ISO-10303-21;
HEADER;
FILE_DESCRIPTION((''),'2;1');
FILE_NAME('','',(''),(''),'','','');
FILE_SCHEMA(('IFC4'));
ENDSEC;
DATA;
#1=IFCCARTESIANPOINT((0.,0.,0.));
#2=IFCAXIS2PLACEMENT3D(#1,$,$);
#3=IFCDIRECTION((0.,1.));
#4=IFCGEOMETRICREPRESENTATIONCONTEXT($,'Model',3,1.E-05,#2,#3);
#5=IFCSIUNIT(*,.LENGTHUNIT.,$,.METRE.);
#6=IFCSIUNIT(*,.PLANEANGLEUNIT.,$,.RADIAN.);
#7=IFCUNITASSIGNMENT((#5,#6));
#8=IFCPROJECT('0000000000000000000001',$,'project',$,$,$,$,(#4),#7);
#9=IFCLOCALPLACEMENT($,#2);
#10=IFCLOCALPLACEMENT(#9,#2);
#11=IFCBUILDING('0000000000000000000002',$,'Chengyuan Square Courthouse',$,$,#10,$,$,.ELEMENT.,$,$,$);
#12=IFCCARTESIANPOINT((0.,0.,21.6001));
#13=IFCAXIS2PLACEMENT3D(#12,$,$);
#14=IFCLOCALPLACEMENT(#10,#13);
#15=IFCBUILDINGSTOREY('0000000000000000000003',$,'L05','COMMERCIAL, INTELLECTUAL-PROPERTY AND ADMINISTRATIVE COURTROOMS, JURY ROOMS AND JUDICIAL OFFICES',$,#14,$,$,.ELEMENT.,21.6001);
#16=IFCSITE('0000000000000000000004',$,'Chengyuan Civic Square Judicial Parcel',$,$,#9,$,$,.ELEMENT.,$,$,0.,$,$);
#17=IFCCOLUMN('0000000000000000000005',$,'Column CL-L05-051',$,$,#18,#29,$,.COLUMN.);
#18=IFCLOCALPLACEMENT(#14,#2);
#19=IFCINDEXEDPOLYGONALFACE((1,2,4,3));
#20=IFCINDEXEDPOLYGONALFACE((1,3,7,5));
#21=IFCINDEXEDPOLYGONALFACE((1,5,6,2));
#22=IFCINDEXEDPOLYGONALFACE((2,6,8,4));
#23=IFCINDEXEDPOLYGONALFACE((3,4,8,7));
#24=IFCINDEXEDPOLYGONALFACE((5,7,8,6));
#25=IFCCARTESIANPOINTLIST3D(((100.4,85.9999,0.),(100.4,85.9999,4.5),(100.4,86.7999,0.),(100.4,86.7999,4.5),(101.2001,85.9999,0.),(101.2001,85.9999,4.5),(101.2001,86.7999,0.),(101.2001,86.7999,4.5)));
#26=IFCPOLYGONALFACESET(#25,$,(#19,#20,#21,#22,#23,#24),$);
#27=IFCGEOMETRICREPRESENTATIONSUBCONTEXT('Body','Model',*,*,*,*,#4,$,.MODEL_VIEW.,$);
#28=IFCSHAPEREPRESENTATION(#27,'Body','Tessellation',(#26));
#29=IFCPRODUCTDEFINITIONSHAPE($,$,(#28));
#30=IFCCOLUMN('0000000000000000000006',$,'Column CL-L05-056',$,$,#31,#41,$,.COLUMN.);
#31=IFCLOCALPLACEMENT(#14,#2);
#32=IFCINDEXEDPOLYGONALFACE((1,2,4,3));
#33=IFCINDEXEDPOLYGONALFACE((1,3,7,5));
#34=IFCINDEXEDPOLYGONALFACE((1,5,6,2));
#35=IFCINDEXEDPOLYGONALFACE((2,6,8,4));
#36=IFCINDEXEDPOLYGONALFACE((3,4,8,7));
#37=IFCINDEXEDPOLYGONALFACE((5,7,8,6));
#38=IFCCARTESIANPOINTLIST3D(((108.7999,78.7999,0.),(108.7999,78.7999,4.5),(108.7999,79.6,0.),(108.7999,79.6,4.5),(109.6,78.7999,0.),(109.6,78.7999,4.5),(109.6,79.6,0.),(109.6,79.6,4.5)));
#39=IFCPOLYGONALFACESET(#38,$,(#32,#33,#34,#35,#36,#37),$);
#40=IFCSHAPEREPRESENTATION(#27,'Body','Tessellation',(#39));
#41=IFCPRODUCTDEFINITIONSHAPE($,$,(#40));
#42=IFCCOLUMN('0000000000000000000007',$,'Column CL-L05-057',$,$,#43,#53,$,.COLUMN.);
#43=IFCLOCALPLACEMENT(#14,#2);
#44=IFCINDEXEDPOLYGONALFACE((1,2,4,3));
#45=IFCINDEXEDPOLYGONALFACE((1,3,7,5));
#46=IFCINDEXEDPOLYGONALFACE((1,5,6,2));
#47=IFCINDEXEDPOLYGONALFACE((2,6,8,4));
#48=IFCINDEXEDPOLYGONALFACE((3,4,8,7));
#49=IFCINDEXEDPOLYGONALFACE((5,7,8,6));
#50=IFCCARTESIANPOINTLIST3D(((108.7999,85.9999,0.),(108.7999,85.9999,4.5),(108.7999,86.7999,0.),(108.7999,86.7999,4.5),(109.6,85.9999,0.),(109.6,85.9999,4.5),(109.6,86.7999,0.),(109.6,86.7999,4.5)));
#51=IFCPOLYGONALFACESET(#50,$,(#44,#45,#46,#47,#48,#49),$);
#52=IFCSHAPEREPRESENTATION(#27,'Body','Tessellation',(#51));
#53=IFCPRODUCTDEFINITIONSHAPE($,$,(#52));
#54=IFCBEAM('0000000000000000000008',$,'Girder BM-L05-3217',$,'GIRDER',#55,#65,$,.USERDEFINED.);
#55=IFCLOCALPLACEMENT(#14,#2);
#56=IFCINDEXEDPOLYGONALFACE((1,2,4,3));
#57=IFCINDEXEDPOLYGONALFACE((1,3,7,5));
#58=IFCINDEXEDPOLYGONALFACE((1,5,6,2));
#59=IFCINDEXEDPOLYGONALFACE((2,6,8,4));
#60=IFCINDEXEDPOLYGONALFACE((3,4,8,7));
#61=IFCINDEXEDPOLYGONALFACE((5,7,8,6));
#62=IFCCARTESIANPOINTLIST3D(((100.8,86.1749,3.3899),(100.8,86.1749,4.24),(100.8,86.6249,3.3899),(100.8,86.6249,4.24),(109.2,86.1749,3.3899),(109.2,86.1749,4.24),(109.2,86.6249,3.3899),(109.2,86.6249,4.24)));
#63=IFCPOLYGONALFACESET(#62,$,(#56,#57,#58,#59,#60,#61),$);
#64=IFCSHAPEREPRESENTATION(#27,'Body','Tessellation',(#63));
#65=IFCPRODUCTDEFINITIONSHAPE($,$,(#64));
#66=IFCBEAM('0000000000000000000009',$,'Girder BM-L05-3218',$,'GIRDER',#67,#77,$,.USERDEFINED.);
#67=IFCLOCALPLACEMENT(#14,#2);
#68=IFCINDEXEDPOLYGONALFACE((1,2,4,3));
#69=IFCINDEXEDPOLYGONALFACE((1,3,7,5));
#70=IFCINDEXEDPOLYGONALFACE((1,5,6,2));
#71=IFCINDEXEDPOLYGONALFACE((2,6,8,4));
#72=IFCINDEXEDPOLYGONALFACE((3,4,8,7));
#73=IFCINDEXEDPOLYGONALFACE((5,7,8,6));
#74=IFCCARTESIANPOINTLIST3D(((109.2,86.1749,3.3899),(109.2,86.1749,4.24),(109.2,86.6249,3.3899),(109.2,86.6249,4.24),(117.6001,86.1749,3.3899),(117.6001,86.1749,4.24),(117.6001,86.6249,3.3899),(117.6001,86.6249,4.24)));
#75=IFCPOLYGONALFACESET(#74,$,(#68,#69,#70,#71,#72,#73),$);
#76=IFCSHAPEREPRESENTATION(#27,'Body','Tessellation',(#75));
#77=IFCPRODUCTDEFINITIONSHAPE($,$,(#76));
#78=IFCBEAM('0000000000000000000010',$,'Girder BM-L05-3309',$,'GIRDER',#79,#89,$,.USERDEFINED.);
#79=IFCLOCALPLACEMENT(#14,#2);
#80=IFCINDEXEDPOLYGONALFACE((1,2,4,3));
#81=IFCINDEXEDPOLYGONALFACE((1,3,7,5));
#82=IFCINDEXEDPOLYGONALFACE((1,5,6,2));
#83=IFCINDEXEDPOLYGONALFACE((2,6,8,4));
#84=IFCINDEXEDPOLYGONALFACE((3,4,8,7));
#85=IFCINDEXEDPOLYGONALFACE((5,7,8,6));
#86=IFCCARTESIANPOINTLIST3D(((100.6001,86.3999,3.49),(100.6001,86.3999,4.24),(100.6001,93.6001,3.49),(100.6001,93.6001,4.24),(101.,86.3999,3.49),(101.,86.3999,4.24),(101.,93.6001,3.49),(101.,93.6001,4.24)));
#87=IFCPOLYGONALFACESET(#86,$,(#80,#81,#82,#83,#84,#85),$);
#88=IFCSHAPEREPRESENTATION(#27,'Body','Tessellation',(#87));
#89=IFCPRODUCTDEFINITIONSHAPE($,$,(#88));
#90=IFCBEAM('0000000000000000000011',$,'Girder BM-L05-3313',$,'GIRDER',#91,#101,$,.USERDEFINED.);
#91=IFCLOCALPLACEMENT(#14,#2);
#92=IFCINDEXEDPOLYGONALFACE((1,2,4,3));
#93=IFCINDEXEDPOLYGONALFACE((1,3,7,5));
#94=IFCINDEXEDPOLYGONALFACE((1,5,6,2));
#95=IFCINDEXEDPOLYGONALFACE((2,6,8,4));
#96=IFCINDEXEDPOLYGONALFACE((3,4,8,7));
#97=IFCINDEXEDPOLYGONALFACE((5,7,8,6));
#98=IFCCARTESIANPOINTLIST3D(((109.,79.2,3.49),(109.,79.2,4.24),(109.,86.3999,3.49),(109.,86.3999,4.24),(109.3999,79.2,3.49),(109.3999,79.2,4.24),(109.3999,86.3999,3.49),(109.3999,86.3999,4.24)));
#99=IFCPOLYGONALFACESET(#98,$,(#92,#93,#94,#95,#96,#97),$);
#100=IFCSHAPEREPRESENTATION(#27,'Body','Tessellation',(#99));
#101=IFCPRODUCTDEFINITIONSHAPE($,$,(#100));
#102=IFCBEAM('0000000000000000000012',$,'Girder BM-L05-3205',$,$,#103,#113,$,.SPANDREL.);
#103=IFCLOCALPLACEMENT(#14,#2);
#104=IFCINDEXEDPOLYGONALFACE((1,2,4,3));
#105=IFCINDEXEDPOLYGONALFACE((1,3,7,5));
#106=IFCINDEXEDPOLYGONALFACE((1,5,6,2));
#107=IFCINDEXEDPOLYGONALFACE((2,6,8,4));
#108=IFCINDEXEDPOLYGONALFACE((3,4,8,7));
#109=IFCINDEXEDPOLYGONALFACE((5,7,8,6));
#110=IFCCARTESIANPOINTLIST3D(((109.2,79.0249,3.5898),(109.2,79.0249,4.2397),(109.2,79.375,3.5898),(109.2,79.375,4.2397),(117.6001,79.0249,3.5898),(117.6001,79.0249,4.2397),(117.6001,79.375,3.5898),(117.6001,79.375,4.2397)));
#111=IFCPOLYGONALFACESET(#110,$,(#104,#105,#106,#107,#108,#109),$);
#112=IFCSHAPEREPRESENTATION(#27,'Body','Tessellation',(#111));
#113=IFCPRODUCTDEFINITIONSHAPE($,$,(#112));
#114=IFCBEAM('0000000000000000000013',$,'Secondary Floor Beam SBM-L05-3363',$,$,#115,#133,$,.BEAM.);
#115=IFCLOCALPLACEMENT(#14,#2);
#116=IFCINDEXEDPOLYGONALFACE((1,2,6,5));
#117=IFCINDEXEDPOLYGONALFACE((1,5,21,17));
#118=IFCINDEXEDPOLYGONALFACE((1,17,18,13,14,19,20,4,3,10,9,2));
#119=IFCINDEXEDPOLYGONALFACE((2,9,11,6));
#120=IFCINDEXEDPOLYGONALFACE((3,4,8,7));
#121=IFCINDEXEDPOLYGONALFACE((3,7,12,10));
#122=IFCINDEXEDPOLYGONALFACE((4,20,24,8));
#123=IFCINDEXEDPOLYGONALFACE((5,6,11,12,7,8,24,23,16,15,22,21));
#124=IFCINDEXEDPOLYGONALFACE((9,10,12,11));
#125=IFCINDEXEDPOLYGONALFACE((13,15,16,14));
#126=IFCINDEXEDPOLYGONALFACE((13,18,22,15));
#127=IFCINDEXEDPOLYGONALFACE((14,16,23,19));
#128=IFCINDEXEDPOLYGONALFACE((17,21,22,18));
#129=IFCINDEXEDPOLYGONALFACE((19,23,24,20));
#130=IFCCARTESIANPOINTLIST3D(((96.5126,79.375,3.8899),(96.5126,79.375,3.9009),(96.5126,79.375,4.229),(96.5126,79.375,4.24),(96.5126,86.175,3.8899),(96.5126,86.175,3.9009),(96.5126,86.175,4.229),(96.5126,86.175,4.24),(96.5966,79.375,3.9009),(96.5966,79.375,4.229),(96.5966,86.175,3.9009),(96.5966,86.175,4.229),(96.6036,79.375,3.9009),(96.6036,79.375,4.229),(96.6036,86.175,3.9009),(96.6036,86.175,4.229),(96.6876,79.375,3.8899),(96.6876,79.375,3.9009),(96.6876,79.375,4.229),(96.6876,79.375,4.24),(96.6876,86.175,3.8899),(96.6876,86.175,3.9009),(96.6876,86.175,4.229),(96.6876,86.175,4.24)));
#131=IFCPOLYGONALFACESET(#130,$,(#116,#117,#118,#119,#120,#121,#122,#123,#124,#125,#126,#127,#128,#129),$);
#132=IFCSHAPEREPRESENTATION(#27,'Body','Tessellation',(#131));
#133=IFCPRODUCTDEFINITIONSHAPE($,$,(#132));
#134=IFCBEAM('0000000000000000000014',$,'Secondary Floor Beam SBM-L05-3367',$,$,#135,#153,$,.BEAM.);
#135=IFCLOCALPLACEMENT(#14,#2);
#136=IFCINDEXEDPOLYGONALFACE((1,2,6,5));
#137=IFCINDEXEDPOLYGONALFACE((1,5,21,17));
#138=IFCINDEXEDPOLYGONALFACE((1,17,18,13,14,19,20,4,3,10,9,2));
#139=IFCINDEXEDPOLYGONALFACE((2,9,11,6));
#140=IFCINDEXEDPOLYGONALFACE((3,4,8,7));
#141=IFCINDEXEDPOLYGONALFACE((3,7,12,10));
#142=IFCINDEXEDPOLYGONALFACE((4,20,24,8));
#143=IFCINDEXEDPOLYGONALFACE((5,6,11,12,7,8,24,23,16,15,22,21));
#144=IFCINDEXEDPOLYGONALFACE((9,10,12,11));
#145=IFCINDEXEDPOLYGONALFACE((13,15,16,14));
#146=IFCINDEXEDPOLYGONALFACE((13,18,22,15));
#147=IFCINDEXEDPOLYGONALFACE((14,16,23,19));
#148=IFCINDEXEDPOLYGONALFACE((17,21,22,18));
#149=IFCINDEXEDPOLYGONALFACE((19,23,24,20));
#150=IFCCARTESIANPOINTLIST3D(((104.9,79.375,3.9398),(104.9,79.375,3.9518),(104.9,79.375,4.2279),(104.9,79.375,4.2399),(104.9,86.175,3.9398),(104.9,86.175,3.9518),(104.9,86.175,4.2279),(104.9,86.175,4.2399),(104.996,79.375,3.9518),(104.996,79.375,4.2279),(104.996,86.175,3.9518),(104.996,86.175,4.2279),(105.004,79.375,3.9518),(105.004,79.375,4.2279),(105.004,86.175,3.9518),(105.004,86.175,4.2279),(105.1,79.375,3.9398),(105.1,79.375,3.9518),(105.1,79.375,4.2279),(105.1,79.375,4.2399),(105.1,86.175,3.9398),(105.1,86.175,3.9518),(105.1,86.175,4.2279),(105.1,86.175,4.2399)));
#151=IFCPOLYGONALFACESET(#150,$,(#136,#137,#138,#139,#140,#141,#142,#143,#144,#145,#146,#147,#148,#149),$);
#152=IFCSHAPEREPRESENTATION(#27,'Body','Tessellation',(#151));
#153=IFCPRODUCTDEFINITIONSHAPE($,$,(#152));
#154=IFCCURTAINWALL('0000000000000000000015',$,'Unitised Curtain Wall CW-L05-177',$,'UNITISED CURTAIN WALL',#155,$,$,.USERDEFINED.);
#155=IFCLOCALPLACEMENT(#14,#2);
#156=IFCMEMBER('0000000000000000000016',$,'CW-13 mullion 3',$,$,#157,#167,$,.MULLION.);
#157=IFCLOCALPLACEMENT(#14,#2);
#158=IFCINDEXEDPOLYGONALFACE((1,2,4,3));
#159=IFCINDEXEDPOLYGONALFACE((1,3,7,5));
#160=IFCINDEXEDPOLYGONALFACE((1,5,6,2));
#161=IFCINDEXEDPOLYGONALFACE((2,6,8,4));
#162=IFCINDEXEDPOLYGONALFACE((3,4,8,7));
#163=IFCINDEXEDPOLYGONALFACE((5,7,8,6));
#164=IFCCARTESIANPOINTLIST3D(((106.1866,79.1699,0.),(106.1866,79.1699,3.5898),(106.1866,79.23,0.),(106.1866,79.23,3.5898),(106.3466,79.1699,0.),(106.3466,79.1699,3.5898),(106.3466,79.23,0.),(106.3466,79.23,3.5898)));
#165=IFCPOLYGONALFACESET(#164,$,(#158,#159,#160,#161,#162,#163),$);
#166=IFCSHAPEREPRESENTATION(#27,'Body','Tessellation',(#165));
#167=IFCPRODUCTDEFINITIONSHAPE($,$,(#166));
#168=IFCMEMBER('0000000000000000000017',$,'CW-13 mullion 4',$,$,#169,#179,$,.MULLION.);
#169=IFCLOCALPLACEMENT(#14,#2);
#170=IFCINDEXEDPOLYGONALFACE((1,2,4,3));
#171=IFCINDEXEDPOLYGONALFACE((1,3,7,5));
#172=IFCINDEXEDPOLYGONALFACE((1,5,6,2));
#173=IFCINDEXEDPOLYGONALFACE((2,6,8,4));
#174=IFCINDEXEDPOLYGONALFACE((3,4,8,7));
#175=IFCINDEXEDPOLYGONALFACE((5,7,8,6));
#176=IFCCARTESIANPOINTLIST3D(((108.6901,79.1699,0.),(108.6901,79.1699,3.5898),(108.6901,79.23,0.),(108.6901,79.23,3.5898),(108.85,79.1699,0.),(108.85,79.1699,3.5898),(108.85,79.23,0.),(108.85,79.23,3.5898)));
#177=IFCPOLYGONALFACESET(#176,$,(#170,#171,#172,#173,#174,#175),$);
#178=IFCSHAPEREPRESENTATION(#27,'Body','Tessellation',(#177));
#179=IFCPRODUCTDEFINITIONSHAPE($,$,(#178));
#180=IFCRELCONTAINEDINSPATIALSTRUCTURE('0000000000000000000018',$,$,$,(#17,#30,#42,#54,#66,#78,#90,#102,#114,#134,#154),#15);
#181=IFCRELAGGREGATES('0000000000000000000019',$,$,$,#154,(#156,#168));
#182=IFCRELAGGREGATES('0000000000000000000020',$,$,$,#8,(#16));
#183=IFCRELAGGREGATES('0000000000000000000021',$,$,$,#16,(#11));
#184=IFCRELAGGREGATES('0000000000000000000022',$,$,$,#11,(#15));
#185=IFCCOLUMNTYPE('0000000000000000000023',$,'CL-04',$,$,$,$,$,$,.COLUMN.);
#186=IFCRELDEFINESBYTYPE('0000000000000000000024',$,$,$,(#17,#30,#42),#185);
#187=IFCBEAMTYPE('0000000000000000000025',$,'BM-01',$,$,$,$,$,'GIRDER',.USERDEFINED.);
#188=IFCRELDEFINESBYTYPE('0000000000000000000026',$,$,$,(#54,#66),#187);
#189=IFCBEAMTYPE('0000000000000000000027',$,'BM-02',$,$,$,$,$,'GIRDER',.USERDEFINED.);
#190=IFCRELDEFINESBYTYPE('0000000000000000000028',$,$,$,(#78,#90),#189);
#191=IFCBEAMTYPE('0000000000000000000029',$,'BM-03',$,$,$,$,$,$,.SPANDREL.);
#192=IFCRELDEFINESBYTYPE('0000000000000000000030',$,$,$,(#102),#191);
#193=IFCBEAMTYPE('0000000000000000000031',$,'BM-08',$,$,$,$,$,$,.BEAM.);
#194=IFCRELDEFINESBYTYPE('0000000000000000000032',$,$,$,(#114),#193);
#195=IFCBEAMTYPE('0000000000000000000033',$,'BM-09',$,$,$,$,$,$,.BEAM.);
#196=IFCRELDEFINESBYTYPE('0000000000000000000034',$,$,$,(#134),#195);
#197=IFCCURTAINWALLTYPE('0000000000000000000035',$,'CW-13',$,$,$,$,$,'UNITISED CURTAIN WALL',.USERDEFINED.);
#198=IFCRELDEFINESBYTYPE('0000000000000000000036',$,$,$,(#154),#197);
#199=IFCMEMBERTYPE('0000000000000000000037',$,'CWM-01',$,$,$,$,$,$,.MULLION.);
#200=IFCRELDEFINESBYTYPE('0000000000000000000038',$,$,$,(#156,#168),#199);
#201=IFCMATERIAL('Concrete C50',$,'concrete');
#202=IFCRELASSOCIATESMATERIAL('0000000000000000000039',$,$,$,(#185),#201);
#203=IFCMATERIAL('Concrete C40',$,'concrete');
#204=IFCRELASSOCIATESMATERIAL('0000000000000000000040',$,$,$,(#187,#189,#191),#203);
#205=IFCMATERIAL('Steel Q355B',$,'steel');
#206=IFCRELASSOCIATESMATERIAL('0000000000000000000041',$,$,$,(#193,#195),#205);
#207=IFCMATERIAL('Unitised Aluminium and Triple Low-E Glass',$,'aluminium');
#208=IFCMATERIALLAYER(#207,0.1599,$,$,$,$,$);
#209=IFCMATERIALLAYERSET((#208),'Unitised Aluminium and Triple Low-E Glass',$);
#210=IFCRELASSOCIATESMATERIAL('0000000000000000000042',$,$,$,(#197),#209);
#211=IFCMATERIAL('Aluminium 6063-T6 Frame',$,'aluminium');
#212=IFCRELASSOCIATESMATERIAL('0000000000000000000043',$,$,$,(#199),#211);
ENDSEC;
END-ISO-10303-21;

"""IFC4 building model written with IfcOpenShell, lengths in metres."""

from ifc_helpers import new_model, si_unit, direction, frame, origin, origin_2d, place, context, subcontext, project, spatial, rectangle, i_section, extrude, material, layer, layer_set, material_profile, profile_set, type_object, element, aggregate, save


model = new_model("IFC4")

# Units and contexts
model_context = context("Model", 3, precision=1e-05, world=origin(), true_north=direction((0.0, 1.0)))
body_context = subcontext(model_context, "Body", "Model", "MODEL_VIEW")
ifc_project = project(units=[si_unit("LENGTHUNIT", "METRE"), si_unit("PLANEANGLEUNIT", "RADIAN")], contexts=[model_context])

# Site, building, storey
site_placement = place(None, origin())
site = spatial("IfcSite", under=ifc_project, at=site_placement, Name="Chengyuan Civic Square Judicial Parcel", CompositionType="ELEMENT", RefElevation=0.0)
building_placement = place(site_placement, origin())
building = spatial("IfcBuilding", under=site, at=building_placement, Name="Chengyuan Square Courthouse", CompositionType="ELEMENT")
storey_placement = place(building_placement, frame((0.0, 0.0, 21.6001)))
storey = spatial("IfcBuildingStorey", under=building, at=storey_placement, Name="L05", Description="COMMERCIAL, INTELLECTUAL-PROPERTY AND ADMINISTRATIVE COURTROOMS, JURY ROOMS AND JUDICIAL OFFICES", CompositionType="ELEMENT", Elevation=21.6001)

# Columns
ifc_material_1 = material(Name="Concrete C50", Category="concrete")
ifc_material_profile_1 = material_profile(ifc_material_1, rectangle(XDim=0.8, YDim=0.8, at=origin_2d()), Name="RC-COL-800x800")
ifc_profile_set_1 = profile_set([ifc_material_profile_1], Name="Concrete C50")
column_type = type_object("IfcColumnType", Name="CL-04", PredefinedType="COLUMN", material=ifc_profile_set_1)
for number, where, z_axis, x_axis, name in (
    (1, (100.8, 86.3999, 0.0), (0.0, 0.0, 1.0), (1.0, 0.0, 0.0), "Column CL-L05-051"),
    (2, (109.2, 79.2, 0.0), (0.0, 0.0, 1.0), (1.0, 0.0, 0.0), "Column CL-L05-056"),
    (3, (109.2, 86.3999, 0.0), (0.0, 0.0, 1.0), (1.0, 0.0, 0.0), "Column CL-L05-057"),
):
    element("IfcColumn", number, at=place(storey_placement, frame(where, z_axis=z_axis, x_axis=x_axis)), inside=storey, type_object=column_type, Name=name, PredefinedType="COLUMN", context=body_context, shape_type="SweptSolid", body=[
        extrude(rectangle(XDim=0.8, YDim=0.8, at=origin_2d()), origin(), (0.0, 0.0, 1.0), 4.5),
    ])

# Beams
ifc_material_2 = material(Name="Concrete C40", Category="concrete")
ifc_material_profile_2 = material_profile(ifc_material_2, rectangle(XDim=0.45, YDim=0.8501, at=origin_2d()), Name="RC-BM-450x850")
ifc_profile_set_2 = profile_set([ifc_material_profile_2], Name="Concrete C40")
beam_type_1 = type_object("IfcBeamType", Name="BM-01", ElementType="GIRDER", PredefinedType="USERDEFINED", material=ifc_profile_set_2)
beam_1_placement = place(storey_placement, frame((100.8, 86.3999, 3.8149), z_axis=(1.0, 0.0, 0.0), x_axis=(0.0, 1.0, 0.0)))
element("IfcBeam", 4, at=beam_1_placement, inside=storey, type_object=beam_type_1, Name="Girder BM-L05-3217", ObjectType="GIRDER", PredefinedType="USERDEFINED", context=body_context, shape_type="SweptSolid", body=[
    extrude(rectangle(XDim=0.45, YDim=0.8501, at=origin_2d()), origin(), (0.0, 0.0, 1.0), 8.3999),
])
beam_2_placement = place(storey_placement, frame((109.2, 86.3999, 3.8149), z_axis=(1.0, 0.0, 0.0), x_axis=(0.0, 1.0, 0.0)))
element("IfcBeam", 5, at=beam_2_placement, inside=storey, type_object=beam_type_1, Name="Girder BM-L05-3218", ObjectType="GIRDER", PredefinedType="USERDEFINED", context=body_context, shape_type="SweptSolid", body=[
    extrude(rectangle(XDim=0.45, YDim=0.8501, at=origin_2d()), origin(), (0.0, 0.0, 1.0), 8.4001),
])
ifc_material_profile_3 = material_profile(ifc_material_2, rectangle(XDim=0.3999, YDim=0.75, at=origin_2d()), Name="RC-BM-400x750")
ifc_profile_set_3 = profile_set([ifc_material_profile_3], Name="Concrete C40")
beam_type_2 = type_object("IfcBeamType", Name="BM-02", ElementType="GIRDER", PredefinedType="USERDEFINED", material=ifc_profile_set_3)
beam_3_placement = place(storey_placement, frame((100.8, 86.3999, 3.865), z_axis=(0.0, 1.0, 0.0), x_axis=(-1.0, 0.0, 0.0)))
element("IfcBeam", 6, at=beam_3_placement, inside=storey, type_object=beam_type_2, Name="Girder BM-L05-3309", ObjectType="GIRDER", PredefinedType="USERDEFINED", context=body_context, shape_type="SweptSolid", body=[
    extrude(rectangle(XDim=0.3999, YDim=0.75, at=origin_2d()), origin(), (0.0, 0.0, 1.0), 7.2002),
])
beam_4_placement = place(storey_placement, frame((109.2, 79.2, 3.865), z_axis=(0.0, 1.0, 0.0), x_axis=(-1.0, 0.0, 0.0)))
element("IfcBeam", 7, at=beam_4_placement, inside=storey, type_object=beam_type_2, Name="Girder BM-L05-3313", ObjectType="GIRDER", PredefinedType="USERDEFINED", context=body_context, shape_type="SweptSolid", body=[
    extrude(rectangle(XDim=0.3999, YDim=0.75, at=origin_2d()), origin(), (0.0, 0.0, 1.0), 7.2),
])
ifc_material_profile_4 = material_profile(ifc_material_2, rectangle(XDim=0.3501, YDim=0.6499, at=origin_2d()), Name="RC-BM-350x650")
ifc_profile_set_4 = profile_set([ifc_material_profile_4], Name="Concrete C40")
beam_type_3 = type_object("IfcBeamType", Name="BM-03", PredefinedType="SPANDREL", material=ifc_profile_set_4)
beam_5_placement = place(storey_placement, frame((109.2, 79.2, 3.9148), z_axis=(1.0, 0.0, 0.0), x_axis=(0.0, 1.0, 0.0)))
element("IfcBeam", 8, at=beam_5_placement, inside=storey, type_object=beam_type_3, Name="Girder BM-L05-3205", PredefinedType="SPANDREL", context=body_context, shape_type="SweptSolid", body=[
    extrude(rectangle(XDim=0.3501, YDim=0.6499, at=origin_2d()), origin(), (0.0, 0.0, 1.0), 8.4001),
])
ifc_material_3 = material(Name="Steel Q355B", Category="steel")
ifc_material_profile_5 = material_profile(ifc_material_3, i_section(OverallWidth=0.175, OverallDepth=0.3501, WebThickness=0.0071, FlangeThickness=0.011, at=origin_2d()), Name="HN 350x175x7x11")
ifc_profile_set_5 = profile_set([ifc_material_profile_5], Name="Steel Q355B")
beam_type_4 = type_object("IfcBeamType", Name="BM-08", PredefinedType="BEAM", material=ifc_profile_set_5)
beam_6_placement = place(storey_placement, frame((96.6001, 79.375, 4.0649), z_axis=(0.0, 1.0, 0.0), x_axis=(-1.0, 0.0, 0.0)))
element("IfcBeam", 9, at=beam_6_placement, inside=storey, type_object=beam_type_4, Name="Secondary Floor Beam SBM-L05-3363", PredefinedType="BEAM", context=body_context, shape_type="SweptSolid", body=[
    extrude(i_section(OverallWidth=0.175, OverallDepth=0.3501, WebThickness=0.0071, FlangeThickness=0.011, at=origin_2d()), origin(), (0.0, 0.0, 1.0), 6.8),
])
ifc_material_profile_6 = material_profile(ifc_material_3, i_section(OverallWidth=0.2, OverallDepth=0.3, WebThickness=0.0081, FlangeThickness=0.012, at=origin_2d()), Name="HM 300x200x8x12")
ifc_profile_set_6 = profile_set([ifc_material_profile_6], Name="Steel Q355B")
beam_type_5 = type_object("IfcBeamType", Name="BM-09", PredefinedType="BEAM", material=ifc_profile_set_6)
beam_7_placement = place(storey_placement, frame((105.0, 79.375, 4.0898), z_axis=(0.0, 1.0, 0.0), x_axis=(-1.0, 0.0, 0.0)))
element("IfcBeam", 10, at=beam_7_placement, inside=storey, type_object=beam_type_5, Name="Secondary Floor Beam SBM-L05-3367", PredefinedType="BEAM", context=body_context, shape_type="SweptSolid", body=[
    extrude(i_section(OverallWidth=0.2, OverallDepth=0.3, WebThickness=0.0081, FlangeThickness=0.012, at=origin_2d()), origin(), (0.0, 0.0, 1.0), 6.8),
])

# Curtain wall, members
ifc_material_4 = material(Name="Unitised Aluminium and Triple Low-E Glass", Category="aluminium")
ifc_layer_1 = layer(ifc_material_4, 0.1599)
ifc_layer_set_1 = layer_set([ifc_layer_1], Name="Unitised Aluminium and Triple Low-E Glass")
curtain_wall_type = type_object("IfcCurtainWallType", Name="CW-13", ElementType="UNITISED CURTAIN WALL", PredefinedType="USERDEFINED", material=ifc_layer_set_1)
curtain_wall_placement = place(storey_placement, origin())
curtain_wall = element("IfcCurtainWall", 11, at=curtain_wall_placement, inside=storey, type_object=curtain_wall_type, Name="Unitised Curtain Wall CW-L05-177", ObjectType="UNITISED CURTAIN WALL", PredefinedType="USERDEFINED")
ifc_material_5 = material(Name="Aluminium 6063-T6 Frame", Category="aluminium")
ifc_material_profile_7 = material_profile(ifc_material_5, rectangle(XDim=0.0601, YDim=0.1599, at=origin_2d()), Name="CW-MUL-60x160")
ifc_profile_set_7 = profile_set([ifc_material_profile_7], Name="Aluminium 6063-T6 Frame")
member_type_1 = type_object("IfcMemberType", Name="CWM-01", PredefinedType="MULLION", material=ifc_profile_set_7)
member_1_placement = place(storey_placement, frame((106.2666, 79.2, 0.0), z_axis=(0.0, 0.0, 1.0), x_axis=(0.0, 1.0, 0.0)))
member_1 = element("IfcMember", 12, at=member_1_placement, type_object=member_type_1, Name="CW-13 mullion 3", PredefinedType="MULLION", context=body_context, shape_type="SweptSolid", body=[
    extrude(rectangle(XDim=0.0601, YDim=0.1599, at=origin_2d()), origin(), (0.0, 0.0, 1.0), 3.5898),
])
member_2_placement = place(storey_placement, frame((108.77, 79.2, 0.0), z_axis=(0.0, 0.0, 1.0), x_axis=(0.0, 1.0, 0.0)))
member_2 = element("IfcMember", 13, at=member_2_placement, type_object=member_type_1, Name="CW-13 mullion 4", PredefinedType="MULLION", context=body_context, shape_type="SweptSolid", body=[
    extrude(rectangle(XDim=0.0601, YDim=0.1599, at=origin_2d()), origin(), (0.0, 0.0, 1.0), 3.5898),
])
aggregate(curtain_wall, [member_1, member_2])

save(model, "model.ifc")
